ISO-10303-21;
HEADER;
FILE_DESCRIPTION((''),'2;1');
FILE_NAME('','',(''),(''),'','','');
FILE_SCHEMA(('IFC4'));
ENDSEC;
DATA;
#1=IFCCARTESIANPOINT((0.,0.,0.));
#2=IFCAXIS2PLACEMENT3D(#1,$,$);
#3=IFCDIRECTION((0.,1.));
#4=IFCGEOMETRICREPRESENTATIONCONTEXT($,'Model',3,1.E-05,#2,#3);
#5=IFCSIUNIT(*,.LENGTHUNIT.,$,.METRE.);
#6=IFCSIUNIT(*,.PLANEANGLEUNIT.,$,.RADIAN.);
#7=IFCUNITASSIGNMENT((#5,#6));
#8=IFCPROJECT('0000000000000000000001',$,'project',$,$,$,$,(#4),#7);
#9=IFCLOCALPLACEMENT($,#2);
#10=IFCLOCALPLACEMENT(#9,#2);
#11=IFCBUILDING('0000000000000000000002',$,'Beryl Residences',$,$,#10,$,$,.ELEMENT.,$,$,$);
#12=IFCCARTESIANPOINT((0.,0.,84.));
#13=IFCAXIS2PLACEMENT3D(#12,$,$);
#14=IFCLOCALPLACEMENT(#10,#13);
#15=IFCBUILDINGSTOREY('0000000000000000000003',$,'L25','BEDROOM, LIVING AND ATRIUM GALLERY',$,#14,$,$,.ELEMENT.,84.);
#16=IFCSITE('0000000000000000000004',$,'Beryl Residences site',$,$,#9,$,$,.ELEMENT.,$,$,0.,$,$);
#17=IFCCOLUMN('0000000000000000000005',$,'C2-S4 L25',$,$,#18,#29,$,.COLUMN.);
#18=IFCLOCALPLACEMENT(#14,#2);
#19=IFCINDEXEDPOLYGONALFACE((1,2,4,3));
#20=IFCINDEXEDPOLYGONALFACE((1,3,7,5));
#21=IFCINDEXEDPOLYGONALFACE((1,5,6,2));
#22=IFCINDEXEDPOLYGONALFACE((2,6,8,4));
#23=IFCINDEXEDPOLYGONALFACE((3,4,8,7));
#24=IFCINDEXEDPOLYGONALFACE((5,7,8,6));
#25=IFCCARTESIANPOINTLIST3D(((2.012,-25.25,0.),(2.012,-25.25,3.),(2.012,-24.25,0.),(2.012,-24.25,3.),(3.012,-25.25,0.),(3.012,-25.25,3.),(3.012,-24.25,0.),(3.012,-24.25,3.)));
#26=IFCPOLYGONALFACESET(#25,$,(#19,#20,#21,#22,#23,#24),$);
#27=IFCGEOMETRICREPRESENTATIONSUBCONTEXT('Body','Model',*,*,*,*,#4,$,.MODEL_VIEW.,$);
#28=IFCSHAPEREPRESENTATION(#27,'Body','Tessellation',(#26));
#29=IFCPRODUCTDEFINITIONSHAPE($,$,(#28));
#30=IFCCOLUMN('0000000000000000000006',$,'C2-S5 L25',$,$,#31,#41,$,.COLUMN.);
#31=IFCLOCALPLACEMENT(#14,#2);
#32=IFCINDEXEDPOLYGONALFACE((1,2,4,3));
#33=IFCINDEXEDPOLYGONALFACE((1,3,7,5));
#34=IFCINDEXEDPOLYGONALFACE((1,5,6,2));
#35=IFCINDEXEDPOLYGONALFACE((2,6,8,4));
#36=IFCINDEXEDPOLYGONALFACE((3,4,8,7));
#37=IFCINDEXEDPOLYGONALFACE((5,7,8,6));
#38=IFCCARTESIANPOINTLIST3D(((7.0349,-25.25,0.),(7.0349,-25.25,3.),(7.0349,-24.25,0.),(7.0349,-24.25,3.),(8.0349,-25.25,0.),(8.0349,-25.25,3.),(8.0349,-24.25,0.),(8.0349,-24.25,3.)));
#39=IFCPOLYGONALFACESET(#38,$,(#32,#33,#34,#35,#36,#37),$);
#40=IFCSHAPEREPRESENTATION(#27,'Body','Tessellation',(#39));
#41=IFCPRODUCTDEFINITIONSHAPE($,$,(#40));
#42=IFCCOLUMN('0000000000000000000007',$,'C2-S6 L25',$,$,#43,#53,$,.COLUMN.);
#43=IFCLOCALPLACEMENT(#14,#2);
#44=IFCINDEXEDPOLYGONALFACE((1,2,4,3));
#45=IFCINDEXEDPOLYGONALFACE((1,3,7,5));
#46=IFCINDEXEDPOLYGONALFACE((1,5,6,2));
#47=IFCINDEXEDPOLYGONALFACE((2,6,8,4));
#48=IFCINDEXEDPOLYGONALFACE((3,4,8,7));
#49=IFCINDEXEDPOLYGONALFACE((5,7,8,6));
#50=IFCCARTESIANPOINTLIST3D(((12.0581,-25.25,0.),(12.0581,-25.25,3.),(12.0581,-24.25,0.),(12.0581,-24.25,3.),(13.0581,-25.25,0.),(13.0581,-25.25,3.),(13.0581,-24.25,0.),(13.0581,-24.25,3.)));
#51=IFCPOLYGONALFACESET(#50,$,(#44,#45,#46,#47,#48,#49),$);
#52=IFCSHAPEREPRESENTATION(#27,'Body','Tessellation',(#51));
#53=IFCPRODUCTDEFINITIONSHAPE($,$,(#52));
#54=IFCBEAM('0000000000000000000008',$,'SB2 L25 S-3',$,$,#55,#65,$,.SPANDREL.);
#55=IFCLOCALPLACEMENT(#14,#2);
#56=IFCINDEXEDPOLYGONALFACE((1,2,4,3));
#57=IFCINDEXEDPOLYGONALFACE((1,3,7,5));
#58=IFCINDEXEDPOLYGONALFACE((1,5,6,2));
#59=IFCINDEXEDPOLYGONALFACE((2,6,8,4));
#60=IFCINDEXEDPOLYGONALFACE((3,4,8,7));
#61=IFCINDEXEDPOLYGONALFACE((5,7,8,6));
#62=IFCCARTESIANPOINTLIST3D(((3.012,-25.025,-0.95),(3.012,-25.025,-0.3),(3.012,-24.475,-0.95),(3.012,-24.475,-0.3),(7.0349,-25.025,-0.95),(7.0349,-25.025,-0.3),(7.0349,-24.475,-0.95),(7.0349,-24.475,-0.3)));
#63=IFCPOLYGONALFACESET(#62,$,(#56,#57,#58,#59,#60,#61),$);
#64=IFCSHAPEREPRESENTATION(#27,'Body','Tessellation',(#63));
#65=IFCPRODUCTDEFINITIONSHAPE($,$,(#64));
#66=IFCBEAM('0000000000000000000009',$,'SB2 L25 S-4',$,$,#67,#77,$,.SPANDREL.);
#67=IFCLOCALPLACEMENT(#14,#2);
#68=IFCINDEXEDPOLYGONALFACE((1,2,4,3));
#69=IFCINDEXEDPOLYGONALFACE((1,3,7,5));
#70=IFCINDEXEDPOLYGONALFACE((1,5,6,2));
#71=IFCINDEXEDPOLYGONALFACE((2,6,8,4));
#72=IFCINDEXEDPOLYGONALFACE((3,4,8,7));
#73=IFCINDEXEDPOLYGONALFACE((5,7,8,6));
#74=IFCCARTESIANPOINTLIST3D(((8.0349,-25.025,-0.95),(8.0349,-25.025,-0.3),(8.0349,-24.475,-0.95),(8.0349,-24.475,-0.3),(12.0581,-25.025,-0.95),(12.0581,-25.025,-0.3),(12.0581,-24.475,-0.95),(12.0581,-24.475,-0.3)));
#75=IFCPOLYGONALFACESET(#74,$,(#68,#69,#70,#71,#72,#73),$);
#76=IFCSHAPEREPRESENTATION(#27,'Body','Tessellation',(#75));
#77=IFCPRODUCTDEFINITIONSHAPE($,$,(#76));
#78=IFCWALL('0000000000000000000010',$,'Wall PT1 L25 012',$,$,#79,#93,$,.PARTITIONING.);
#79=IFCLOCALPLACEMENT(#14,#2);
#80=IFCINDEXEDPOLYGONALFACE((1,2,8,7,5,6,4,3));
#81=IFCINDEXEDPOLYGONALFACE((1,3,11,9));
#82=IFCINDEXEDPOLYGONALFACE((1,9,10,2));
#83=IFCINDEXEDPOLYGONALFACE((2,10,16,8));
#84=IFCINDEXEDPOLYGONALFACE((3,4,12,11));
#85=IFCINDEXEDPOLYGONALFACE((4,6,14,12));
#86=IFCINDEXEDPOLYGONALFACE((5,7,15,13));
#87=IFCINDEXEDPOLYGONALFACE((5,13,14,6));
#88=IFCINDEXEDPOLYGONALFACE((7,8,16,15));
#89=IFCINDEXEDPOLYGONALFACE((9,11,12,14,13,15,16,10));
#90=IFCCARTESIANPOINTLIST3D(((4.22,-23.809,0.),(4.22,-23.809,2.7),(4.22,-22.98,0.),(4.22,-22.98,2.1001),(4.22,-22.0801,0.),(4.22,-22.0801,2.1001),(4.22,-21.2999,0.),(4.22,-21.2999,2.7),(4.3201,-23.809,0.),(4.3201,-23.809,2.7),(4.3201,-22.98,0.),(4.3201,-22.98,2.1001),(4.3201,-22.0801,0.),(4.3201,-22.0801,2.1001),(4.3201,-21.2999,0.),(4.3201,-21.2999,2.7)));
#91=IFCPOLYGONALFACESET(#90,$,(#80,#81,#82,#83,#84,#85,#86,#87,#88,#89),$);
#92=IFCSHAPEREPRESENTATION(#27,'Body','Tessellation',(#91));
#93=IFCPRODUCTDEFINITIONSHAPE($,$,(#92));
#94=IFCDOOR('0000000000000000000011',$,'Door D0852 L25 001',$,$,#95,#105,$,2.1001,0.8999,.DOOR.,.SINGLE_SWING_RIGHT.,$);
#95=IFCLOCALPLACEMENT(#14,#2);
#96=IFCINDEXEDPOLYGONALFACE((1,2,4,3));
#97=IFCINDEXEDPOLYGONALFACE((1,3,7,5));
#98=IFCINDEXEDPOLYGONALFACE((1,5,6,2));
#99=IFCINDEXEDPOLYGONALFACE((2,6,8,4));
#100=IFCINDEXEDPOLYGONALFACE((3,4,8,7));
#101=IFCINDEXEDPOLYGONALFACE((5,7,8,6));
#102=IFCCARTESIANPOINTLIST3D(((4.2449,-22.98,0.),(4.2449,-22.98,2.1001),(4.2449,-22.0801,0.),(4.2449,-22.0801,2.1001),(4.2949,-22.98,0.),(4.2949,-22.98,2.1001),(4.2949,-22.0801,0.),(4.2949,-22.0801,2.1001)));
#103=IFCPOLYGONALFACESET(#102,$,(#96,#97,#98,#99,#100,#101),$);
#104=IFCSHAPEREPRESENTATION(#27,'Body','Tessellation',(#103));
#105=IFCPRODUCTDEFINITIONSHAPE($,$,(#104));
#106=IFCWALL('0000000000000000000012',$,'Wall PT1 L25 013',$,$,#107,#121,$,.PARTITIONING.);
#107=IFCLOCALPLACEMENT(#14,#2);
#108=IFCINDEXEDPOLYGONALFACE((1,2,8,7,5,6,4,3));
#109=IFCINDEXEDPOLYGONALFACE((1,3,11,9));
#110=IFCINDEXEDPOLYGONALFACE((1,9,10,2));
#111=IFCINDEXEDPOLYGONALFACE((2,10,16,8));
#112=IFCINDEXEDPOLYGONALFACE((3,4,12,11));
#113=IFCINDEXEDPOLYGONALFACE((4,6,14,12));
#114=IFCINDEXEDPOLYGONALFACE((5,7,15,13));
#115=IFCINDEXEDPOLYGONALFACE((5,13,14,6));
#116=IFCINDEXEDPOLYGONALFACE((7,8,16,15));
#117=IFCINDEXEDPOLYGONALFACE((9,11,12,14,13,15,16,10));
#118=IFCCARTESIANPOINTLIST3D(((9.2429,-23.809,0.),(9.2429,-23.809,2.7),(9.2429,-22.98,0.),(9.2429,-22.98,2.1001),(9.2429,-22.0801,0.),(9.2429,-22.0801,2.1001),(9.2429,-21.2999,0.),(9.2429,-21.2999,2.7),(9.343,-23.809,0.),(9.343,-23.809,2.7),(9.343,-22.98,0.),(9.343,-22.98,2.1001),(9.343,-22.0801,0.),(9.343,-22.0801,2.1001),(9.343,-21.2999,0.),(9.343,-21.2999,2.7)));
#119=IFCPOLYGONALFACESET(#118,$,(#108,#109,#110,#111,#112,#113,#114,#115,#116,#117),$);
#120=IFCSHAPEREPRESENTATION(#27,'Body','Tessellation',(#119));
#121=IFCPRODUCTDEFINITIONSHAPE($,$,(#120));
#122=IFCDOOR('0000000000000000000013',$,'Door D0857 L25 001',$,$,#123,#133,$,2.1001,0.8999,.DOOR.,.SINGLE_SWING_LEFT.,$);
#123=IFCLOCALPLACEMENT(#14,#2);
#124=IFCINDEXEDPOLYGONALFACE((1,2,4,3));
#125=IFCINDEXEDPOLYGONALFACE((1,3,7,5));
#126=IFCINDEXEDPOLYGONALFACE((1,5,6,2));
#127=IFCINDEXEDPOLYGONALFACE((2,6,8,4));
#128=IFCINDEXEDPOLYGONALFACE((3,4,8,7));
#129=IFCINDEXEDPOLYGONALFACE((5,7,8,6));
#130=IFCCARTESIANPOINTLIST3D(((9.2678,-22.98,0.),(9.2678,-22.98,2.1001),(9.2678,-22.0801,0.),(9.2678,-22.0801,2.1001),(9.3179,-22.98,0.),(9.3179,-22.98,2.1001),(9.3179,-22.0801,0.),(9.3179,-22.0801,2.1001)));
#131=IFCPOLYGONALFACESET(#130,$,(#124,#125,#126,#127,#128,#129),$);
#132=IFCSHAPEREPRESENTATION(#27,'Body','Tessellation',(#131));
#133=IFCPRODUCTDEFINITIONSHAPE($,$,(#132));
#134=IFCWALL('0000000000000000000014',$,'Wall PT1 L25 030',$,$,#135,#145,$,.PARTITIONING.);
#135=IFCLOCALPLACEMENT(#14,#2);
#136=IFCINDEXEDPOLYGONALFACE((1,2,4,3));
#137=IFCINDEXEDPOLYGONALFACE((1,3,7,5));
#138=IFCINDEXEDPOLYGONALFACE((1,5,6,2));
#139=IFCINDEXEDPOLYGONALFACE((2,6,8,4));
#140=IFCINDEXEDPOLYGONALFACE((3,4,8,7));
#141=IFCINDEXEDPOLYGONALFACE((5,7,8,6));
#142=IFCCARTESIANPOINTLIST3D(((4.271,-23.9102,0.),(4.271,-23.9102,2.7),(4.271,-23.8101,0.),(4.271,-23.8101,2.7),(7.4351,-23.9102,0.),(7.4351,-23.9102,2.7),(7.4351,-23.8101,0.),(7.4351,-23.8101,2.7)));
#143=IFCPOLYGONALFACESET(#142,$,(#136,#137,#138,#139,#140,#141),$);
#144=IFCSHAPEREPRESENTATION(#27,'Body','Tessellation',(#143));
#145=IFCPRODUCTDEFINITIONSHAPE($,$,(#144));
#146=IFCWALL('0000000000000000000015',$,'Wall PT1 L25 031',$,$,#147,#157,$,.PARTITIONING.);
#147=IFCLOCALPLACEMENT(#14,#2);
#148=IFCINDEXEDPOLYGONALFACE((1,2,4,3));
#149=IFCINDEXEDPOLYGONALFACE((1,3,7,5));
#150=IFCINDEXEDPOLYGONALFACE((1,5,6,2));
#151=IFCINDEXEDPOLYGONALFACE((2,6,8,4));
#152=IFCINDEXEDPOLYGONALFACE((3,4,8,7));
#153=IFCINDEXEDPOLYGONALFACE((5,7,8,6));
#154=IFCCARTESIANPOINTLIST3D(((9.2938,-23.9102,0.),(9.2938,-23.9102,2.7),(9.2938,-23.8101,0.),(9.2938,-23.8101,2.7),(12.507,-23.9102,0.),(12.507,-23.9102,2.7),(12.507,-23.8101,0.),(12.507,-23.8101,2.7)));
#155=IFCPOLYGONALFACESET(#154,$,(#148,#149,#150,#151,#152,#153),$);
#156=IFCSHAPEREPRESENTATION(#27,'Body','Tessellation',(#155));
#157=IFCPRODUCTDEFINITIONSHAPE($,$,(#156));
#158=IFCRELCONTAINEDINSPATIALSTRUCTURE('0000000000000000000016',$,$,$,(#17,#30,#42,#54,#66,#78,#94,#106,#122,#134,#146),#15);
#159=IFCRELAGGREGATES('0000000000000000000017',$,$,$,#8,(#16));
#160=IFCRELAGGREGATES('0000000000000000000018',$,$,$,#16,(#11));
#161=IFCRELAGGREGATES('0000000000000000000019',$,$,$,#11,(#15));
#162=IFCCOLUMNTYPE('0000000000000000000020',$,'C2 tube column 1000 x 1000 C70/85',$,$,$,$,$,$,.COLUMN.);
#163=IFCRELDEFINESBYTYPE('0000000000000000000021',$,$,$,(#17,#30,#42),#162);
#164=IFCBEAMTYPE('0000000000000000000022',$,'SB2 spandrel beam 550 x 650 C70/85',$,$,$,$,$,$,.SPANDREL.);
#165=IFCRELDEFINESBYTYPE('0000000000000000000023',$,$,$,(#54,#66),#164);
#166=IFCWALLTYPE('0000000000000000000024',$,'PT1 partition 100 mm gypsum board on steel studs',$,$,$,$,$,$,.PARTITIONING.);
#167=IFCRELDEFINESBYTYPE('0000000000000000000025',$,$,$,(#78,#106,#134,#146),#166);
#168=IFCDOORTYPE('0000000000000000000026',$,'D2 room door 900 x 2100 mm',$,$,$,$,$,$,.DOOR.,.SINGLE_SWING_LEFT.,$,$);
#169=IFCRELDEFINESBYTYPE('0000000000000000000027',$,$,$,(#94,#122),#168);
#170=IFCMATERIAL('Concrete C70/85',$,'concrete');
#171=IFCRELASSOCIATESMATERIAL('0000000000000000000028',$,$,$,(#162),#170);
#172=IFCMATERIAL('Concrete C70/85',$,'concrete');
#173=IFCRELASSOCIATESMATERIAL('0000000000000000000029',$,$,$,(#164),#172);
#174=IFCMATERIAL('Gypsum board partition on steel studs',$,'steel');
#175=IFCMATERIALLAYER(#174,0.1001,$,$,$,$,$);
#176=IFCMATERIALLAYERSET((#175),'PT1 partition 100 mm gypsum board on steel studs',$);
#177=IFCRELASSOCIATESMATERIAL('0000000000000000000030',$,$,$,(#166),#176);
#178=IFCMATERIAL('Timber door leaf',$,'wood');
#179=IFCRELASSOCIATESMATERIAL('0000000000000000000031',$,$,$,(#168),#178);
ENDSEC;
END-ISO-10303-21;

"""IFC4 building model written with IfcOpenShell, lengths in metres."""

from ifc_helpers import new_model, si_unit, direction, frame, frame_2d, origin, origin_2d, place, context, subcontext, project, spatial, rectangle, extrude, material, layer, layer_set, material_profile, profile_set, type_object, element, fill, save


model = new_model("IFC4")

# Units and contexts
model_context = context("Model", 3, precision=1e-05, world=origin(), true_north=direction((0.0, 1.0)))
body_context = subcontext(model_context, "Body", "Model", "MODEL_VIEW")
ifc_project = project(units=[si_unit("LENGTHUNIT", "METRE"), si_unit("PLANEANGLEUNIT", "RADIAN")], contexts=[model_context])

# Site, building, storey
site_placement = place(None, origin())
site = spatial("IfcSite", under=ifc_project, at=site_placement, Name="Beryl Residences site", CompositionType="ELEMENT", RefElevation=0.0)
building_placement = place(site_placement, origin())
building = spatial("IfcBuilding", under=site, at=building_placement, Name="Beryl Residences", CompositionType="ELEMENT")
storey_placement = place(building_placement, frame((0.0, 0.0, 84.0)))
storey = spatial("IfcBuildingStorey", under=building, at=storey_placement, Name="L25", Description="BEDROOM, LIVING AND ATRIUM GALLERY", CompositionType="ELEMENT", Elevation=84.0)

# Columns
ifc_material_1 = material(Name="Concrete C70/85", Category="concrete")
ifc_material_profile_1 = material_profile(ifc_material_1, rectangle(XDim=1.0, YDim=1.0, at=origin_2d()))
ifc_profile_set_1 = profile_set([ifc_material_profile_1], Name="Concrete C70/85")
column_type = type_object("IfcColumnType", Name="C2 tube column 1000 x 1000 C70/85", PredefinedType="COLUMN", material=ifc_profile_set_1)
for number, where, z_axis, x_axis, name in (
    (1, (2.512, -24.75, 0.0), (0.0, 0.0, 1.0), (1.0, 0.0, 0.0), "C2-S4 L25"),
    (2, (7.5349, -24.75, 0.0), (0.0, 0.0, 1.0), (1.0, 0.0, 0.0), "C2-S5 L25"),
    (3, (12.5581, -24.75, 0.0), (0.0, 0.0, 1.0), (1.0, 0.0, 0.0), "C2-S6 L25"),
):
    element("IfcColumn", number, at=place(storey_placement, frame(where, z_axis=z_axis, x_axis=x_axis)), inside=storey, type_object=column_type, Name=name, PredefinedType="COLUMN", context=body_context, shape_type="SweptSolid", body=[
        extrude(rectangle(XDim=1.0, YDim=1.0, at=origin_2d()), origin(), (0.0, 0.0, 1.0), 3.0),
    ])

# Beams
ifc_material_2 = material(Name="Concrete C70/85", Category="concrete")
ifc_material_profile_2 = material_profile(ifc_material_2, rectangle(XDim=0.55, YDim=0.6499, at=origin_2d()))
ifc_profile_set_2 = profile_set([ifc_material_profile_2], Name="Concrete C70/85")
beam_type = type_object("IfcBeamType", Name="SB2 spandrel beam 550 x 650 C70/85", PredefinedType="SPANDREL", material=ifc_profile_set_2)
beam_1_placement = place(storey_placement, frame((3.012, -24.75, -0.625), z_axis=(1.0, 0.0, 0.0), x_axis=(0.0, 1.0, 0.0)))
element("IfcBeam", 4, at=beam_1_placement, inside=storey, type_object=beam_type, Name="SB2 L25 S-3", PredefinedType="SPANDREL", context=body_context, shape_type="SweptSolid", body=[
    extrude(rectangle(XDim=0.55, YDim=0.6499, at=origin_2d()), origin(), (0.0, 0.0, 1.0), 4.0229),
])
beam_2_placement = place(storey_placement, frame((8.0349, -24.75, -0.625), z_axis=(1.0, 0.0, 0.0), x_axis=(0.0, 1.0, 0.0)))
element("IfcBeam", 5, at=beam_2_placement, inside=storey, type_object=beam_type, Name="SB2 L25 S-4", PredefinedType="SPANDREL", context=body_context, shape_type="SweptSolid", body=[
    extrude(rectangle(XDim=0.55, YDim=0.6499, at=origin_2d()), origin(), (0.0, 0.0, 1.0), 4.0232),
])

# Walls, openings, doors
ifc_material_3 = material(Name="Gypsum board partition on steel studs", Category="steel")
ifc_layer_1 = layer(ifc_material_3, 0.1001)
ifc_layer_set_1 = layer_set([ifc_layer_1], Name="PT1 partition 100 mm gypsum board on steel studs")
wall_type_1 = type_object("IfcWallType", Name="PT1 partition 100 mm gypsum board on steel studs", PredefinedType="PARTITIONING", material=ifc_layer_set_1)
wall_1_placement = place(storey_placement, frame((4.27, -21.3, 0.0), z_axis=(0.0, 0.0, 1.0), x_axis=(0.0, -1.0, 0.0)))
wall_1 = element("IfcWall", 6, at=wall_1_placement, inside=storey, type_object=wall_type_1, Name="Wall PT1 L25 012", PredefinedType="PARTITIONING", context=body_context, shape_type="SweptSolid", body=[
    extrude(rectangle(XDim=2.509, YDim=0.1001, at=frame_2d((1.2544, 0.0))), origin(), (0.0, 0.0, 1.0), 2.7),
])
opening_1_placement = place(wall_1_placement, frame((0.78, 0.0, 0.0)))
opening_1 = element("IfcOpeningElement", 7, at=opening_1_placement, cuts=wall_1, PredefinedType="OPENING", context=body_context, shape_type="SweptSolid", body=[
    extrude(rectangle(XDim=0.8999, YDim=2.1001, at=frame_2d((0.45, 1.05))), frame((0.0, 0.0601, 0.0), z_axis=(0.0, -1.0, 0.0), x_axis=(1.0, 0.0, 0.0)), (0.0, 0.0, 1.0), 0.1201),
])
ifc_material_4 = material(Name="Timber door leaf", Category="wood")
door_type_1 = type_object("IfcDoorType", Name="D2 room door 900 x 2100 mm", OperationType="SINGLE_SWING_LEFT", PredefinedType="DOOR", material=ifc_material_4)
door_1_placement = place(opening_1_placement, origin())
door_1 = element("IfcDoor", 8, at=door_1_placement, inside=storey, type_object=door_type_1, Name="Door D0852 L25 001", OperationType="SINGLE_SWING_RIGHT", OverallHeight=2.1001, OverallWidth=0.8999, PredefinedType="DOOR", context=body_context, shape_type="SweptSolid", body=[
    extrude(rectangle(XDim=0.8999, YDim=2.1001, at=frame_2d((0.45, 1.05))), frame((0.0, 0.0249, 0.0), z_axis=(0.0, -1.0, 0.0), x_axis=(1.0, 0.0, 0.0)), (0.0, 0.0, 1.0), 0.05),
])
fill(opening_1, door_1)
wall_2_placement = place(storey_placement, frame((9.293, -21.3, 0.0), z_axis=(0.0, 0.0, 1.0), x_axis=(0.0, -1.0, 0.0)))
wall_2 = element("IfcWall", 9, at=wall_2_placement, inside=storey, type_object=wall_type_1, Name="Wall PT1 L25 013", PredefinedType="PARTITIONING", context=body_context, shape_type="SweptSolid", body=[
    extrude(rectangle(XDim=2.509, YDim=0.1001, at=frame_2d((1.2544, 0.0))), origin(), (0.0, 0.0, 1.0), 2.7),
])
opening_2_placement = place(wall_2_placement, frame((0.78, 0.0, 0.0)))
opening_2 = element("IfcOpeningElement", 10, at=opening_2_placement, cuts=wall_2, PredefinedType="OPENING", context=body_context, shape_type="SweptSolid", body=[
    extrude(rectangle(XDim=0.8999, YDim=2.1001, at=frame_2d((0.45, 1.05))), frame((0.0, 0.0601, 0.0), z_axis=(0.0, -1.0, 0.0), x_axis=(1.0, 0.0, 0.0)), (0.0, 0.0, 1.0), 0.1201),
])
door_2_placement = place(opening_2_placement, origin())
door_2 = element("IfcDoor", 11, at=door_2_placement, inside=storey, type_object=door_type_1, Name="Door D0857 L25 001", OperationType="SINGLE_SWING_LEFT", OverallHeight=2.1001, OverallWidth=0.8999, PredefinedType="DOOR", context=body_context, shape_type="SweptSolid", body=[
    extrude(rectangle(XDim=0.8999, YDim=2.1001, at=frame_2d((0.45, 1.05))), frame((0.0, 0.0249, 0.0), z_axis=(0.0, -1.0, 0.0), x_axis=(1.0, 0.0, 0.0)), (0.0, 0.0, 1.0), 0.05),
])
fill(opening_2, door_2)

# Walls
wall_3_placement = place(storey_placement, frame((4.271, -23.8601, 0.0), z_axis=(0.0, 0.0, 1.0), x_axis=(1.0, 0.0, 0.0)))
element("IfcWall", 12, at=wall_3_placement, inside=storey, type_object=wall_type_1, Name="Wall PT1 L25 030", PredefinedType="PARTITIONING", context=body_context, shape_type="SweptSolid", body=[
    extrude(rectangle(XDim=3.1641, YDim=0.1001, at=frame_2d((1.582, 0.0))), origin(), (0.0, 0.0, 1.0), 2.7),
])
wall_4_placement = place(storey_placement, frame((9.2939, -23.8601, 0.0), z_axis=(0.0, 0.0, 1.0), x_axis=(1.0, 0.0, 0.0)))
element("IfcWall", 13, at=wall_4_placement, inside=storey, type_object=wall_type_1, Name="Wall PT1 L25 031", PredefinedType="PARTITIONING", context=body_context, shape_type="SweptSolid", body=[
    extrude(rectangle(XDim=3.2131, YDim=0.1001, at=frame_2d((1.6064, 0.0))), origin(), (0.0, 0.0, 1.0), 2.7),
])

save(model, "model.ifc")
